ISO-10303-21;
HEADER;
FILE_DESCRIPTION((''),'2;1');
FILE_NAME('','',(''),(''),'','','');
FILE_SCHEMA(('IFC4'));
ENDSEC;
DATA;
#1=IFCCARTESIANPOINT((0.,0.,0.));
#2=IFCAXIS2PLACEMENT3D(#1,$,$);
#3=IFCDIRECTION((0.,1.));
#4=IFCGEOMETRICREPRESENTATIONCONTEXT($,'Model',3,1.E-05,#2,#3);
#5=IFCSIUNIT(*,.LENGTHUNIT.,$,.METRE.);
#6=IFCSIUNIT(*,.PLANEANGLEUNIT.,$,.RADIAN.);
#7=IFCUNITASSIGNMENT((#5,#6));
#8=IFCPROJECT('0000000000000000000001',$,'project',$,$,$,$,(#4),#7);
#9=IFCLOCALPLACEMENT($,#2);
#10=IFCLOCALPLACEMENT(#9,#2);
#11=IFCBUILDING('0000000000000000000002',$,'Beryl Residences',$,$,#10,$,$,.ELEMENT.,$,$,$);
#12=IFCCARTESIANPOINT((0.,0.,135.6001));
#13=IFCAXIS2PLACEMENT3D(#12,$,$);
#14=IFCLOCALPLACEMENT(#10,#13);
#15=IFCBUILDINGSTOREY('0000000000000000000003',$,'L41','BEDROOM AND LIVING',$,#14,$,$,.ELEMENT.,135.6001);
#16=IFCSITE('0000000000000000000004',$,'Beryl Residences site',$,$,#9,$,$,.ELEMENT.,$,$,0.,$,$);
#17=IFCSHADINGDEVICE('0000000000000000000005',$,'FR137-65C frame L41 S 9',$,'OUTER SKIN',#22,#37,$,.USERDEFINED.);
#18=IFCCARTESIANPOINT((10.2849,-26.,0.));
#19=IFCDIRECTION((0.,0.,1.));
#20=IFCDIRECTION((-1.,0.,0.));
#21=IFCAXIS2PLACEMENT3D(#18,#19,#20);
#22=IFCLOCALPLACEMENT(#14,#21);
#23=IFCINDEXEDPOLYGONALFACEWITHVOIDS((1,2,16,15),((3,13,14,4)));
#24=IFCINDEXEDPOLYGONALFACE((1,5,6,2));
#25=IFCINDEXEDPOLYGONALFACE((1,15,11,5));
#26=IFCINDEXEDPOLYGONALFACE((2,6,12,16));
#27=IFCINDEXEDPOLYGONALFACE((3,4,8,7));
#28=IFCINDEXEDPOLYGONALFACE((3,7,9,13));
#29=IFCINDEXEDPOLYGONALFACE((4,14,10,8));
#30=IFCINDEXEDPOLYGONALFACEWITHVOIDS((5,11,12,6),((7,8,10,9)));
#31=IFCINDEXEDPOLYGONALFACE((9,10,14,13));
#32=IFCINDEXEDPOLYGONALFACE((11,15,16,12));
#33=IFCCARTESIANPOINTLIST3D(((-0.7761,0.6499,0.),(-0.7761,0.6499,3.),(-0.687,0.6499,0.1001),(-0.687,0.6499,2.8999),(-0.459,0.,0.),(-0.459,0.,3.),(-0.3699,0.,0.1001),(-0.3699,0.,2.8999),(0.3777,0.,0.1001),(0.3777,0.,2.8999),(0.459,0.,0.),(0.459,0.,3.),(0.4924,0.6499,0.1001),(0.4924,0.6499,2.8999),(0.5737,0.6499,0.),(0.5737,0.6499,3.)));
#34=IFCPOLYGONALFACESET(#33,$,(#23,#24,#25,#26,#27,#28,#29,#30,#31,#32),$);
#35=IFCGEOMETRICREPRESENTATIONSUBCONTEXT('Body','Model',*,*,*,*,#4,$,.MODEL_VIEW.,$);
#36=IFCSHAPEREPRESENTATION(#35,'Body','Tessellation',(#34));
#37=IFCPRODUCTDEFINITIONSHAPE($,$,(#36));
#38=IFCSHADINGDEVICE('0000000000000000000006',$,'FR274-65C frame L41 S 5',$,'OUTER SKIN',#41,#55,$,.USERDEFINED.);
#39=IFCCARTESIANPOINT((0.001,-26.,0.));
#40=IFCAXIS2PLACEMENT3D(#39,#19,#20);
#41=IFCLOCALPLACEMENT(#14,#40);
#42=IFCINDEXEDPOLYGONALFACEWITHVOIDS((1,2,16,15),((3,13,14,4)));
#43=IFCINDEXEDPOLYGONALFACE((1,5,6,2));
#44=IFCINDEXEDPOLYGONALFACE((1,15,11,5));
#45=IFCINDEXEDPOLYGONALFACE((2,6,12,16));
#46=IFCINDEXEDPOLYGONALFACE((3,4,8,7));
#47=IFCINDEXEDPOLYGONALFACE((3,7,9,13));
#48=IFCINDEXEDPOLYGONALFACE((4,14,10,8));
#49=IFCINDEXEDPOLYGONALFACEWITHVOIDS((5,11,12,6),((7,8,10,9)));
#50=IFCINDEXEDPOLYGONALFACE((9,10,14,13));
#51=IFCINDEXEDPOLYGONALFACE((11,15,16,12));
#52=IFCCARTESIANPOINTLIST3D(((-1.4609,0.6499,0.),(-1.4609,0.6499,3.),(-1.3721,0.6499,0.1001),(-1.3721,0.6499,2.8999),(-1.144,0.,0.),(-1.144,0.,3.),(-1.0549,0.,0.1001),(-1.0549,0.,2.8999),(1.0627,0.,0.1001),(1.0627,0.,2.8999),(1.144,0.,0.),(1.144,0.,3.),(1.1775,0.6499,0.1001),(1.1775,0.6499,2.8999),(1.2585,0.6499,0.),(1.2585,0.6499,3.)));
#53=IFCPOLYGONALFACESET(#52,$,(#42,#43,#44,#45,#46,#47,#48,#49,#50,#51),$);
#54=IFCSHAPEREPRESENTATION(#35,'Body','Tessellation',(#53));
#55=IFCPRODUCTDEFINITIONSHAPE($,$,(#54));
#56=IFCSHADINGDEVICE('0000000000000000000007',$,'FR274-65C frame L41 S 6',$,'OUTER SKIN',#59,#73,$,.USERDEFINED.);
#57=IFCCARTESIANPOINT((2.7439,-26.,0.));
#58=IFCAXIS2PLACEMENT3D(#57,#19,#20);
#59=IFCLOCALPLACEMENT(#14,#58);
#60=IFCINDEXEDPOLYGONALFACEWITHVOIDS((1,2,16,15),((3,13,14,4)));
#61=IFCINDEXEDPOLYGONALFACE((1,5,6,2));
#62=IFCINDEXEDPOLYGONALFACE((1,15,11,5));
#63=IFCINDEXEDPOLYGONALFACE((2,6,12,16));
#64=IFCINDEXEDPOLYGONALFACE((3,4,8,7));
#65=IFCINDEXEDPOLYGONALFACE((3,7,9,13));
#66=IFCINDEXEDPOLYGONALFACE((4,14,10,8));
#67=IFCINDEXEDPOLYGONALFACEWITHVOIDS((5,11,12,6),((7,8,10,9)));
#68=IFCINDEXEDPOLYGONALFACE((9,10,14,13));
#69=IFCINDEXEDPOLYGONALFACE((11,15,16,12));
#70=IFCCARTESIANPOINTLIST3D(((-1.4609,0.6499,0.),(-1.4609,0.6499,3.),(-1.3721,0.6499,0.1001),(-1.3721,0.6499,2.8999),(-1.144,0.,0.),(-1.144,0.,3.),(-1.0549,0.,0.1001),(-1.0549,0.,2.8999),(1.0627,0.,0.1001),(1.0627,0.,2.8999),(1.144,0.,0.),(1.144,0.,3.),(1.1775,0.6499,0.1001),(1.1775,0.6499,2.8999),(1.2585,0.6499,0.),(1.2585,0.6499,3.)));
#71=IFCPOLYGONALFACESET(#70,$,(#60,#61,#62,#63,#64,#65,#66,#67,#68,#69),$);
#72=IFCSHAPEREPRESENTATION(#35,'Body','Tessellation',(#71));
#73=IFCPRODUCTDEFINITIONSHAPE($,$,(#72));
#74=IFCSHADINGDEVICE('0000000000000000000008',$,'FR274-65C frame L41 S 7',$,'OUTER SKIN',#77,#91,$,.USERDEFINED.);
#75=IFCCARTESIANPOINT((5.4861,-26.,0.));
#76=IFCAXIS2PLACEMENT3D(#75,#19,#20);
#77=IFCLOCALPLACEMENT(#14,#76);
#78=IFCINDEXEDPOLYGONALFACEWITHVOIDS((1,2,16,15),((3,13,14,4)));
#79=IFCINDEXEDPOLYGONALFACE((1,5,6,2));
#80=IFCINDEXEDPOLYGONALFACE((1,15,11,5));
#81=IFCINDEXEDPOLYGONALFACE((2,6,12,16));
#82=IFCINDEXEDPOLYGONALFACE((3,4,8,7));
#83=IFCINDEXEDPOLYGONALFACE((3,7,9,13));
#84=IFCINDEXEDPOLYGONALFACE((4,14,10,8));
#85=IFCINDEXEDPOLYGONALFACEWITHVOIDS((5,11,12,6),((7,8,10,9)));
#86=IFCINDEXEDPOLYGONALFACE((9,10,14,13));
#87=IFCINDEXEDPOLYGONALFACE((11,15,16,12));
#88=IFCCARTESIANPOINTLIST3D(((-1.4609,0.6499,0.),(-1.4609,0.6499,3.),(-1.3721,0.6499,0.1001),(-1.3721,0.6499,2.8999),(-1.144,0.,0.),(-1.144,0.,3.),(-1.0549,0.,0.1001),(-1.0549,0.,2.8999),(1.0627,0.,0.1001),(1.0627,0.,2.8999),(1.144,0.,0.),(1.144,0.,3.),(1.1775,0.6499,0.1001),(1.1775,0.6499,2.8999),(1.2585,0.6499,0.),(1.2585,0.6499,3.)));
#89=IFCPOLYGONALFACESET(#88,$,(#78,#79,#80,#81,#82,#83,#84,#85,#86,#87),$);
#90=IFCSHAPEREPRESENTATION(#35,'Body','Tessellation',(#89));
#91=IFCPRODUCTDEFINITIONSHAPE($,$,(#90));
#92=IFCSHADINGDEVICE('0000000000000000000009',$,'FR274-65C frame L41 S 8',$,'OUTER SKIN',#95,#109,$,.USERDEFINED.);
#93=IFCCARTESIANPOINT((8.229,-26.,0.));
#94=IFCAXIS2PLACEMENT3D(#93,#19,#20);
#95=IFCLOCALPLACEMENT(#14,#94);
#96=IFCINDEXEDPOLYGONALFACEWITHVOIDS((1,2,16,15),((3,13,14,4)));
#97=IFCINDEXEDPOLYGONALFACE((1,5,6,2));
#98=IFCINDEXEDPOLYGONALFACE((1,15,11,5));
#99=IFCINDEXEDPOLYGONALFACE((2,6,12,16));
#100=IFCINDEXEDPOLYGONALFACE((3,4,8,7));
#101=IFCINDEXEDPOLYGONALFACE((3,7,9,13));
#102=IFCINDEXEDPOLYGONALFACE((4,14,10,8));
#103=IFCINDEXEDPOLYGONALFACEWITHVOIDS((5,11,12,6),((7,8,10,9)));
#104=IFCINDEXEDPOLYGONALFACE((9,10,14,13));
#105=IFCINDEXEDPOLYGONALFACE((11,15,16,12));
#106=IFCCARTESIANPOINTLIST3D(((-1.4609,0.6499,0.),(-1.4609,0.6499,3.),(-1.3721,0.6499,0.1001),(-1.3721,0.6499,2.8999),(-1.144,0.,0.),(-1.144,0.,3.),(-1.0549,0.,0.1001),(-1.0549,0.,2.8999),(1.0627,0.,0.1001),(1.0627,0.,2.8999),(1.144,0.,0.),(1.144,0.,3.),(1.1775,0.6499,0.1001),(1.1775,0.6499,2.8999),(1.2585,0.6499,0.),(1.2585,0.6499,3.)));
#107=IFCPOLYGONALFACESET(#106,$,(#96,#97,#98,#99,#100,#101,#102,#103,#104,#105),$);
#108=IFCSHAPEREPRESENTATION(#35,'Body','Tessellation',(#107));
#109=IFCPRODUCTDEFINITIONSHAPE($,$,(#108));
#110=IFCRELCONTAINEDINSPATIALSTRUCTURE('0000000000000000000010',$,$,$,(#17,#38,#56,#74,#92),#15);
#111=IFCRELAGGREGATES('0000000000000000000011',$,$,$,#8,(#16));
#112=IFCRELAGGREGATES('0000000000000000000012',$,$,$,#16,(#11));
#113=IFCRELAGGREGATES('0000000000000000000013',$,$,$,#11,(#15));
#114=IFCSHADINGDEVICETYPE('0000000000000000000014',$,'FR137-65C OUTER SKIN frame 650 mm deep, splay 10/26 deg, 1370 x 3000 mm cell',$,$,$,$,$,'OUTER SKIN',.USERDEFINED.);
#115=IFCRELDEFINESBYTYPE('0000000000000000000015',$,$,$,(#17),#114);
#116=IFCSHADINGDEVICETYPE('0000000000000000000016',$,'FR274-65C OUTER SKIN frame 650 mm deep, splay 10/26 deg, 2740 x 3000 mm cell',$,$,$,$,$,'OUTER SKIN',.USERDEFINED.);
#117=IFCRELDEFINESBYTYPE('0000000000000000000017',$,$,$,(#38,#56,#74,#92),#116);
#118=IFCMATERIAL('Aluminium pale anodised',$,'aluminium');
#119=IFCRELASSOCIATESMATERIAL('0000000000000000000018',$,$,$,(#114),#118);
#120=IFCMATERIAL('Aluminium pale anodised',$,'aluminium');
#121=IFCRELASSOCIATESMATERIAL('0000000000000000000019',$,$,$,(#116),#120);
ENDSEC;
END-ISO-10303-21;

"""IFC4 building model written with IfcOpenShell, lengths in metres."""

from ifc_helpers import new_model, entity, si_unit, direction, frame, origin, place, context, subcontext, project, spatial, source, transform, mapped, material, type_object, type_shapes, element, save


model = new_model("IFC4")

# Units and contexts
model_context = context("Model", 3, precision=1e-05, world=origin(), true_north=direction((0.0, 1.0)))
body_context = subcontext(model_context, "Body", "Model", "MODEL_VIEW")
ifc_project = project(units=[si_unit("LENGTHUNIT", "METRE"), si_unit("PLANEANGLEUNIT", "RADIAN")], contexts=[model_context])

# Site, building, storey
site_placement = place(None, origin())
site = spatial("IfcSite", under=ifc_project, at=site_placement, Name="Beryl Residences site", CompositionType="ELEMENT", RefElevation=0.0)
building_placement = place(site_placement, origin())
building = spatial("IfcBuilding", under=site, at=building_placement, Name="Beryl Residences", CompositionType="ELEMENT")
storey_placement = place(building_placement, frame((0.0, 0.0, 135.6001)))
storey = spatial("IfcBuildingStorey", under=building, at=storey_placement, Name="L41", Description="BEDROOM AND LIVING", CompositionType="ELEMENT", Elevation=135.6001)

# Shading devices
ifc_material_1 = material(Name="Aluminium pale anodised", Category="aluminium")
shading_device_type_1 = type_object("IfcShadingDeviceType", Name="FR137-65C OUTER SKIN frame 650 mm deep, splay 10/26 deg, 1370 x 3000 mm cell", ElementType="OUTER SKIN", PredefinedType="USERDEFINED", material=ifc_material_1)
cartesian_point_1 = entity("IfcCartesianPoint", [-0.459, 0.0])
cartesian_point_2 = entity("IfcCartesianPoint", [-0.3777, 0.1001])
cartesian_point_3 = entity("IfcCartesianPoint", [-0.5737, 0.0])
cartesian_point_4 = entity("IfcCartesianPoint", [-0.4924, 0.1001])
shared_shape_1 = source(origin(), body_context, "Body", "SweptSolid", [
    entity("IfcExtrudedAreaSolidTapered", entity("IfcArbitraryProfileDefWithVoids", "AREA", None, entity("IfcPolyline", [cartesian_point_1, entity("IfcCartesianPoint", [0.459, 0.0]), entity("IfcCartesianPoint", [0.459, 3.0]), entity("IfcCartesianPoint", [-0.459, 3.0]), cartesian_point_1]), [entity("IfcPolyline", [cartesian_point_2, entity("IfcCartesianPoint", [0.3699, 0.1001]), entity("IfcCartesianPoint", [0.3699, 2.8999]), entity("IfcCartesianPoint", [-0.3777, 2.8999]), cartesian_point_2])]), entity("IfcAxis2Placement3D", entity("IfcCartesianPoint", [0.0, 0.0, 0.0]), entity("IfcDirection", [0.0, 1.0, 0.0]), entity("IfcDirection", [-1.0, 0.0, 0.0])), entity("IfcDirection", [0.0, 0.0, 1.0]), 0.6499, entity("IfcArbitraryProfileDefWithVoids", "AREA", None, entity("IfcPolyline", [cartesian_point_3, entity("IfcCartesianPoint", [0.7761, 0.0]), entity("IfcCartesianPoint", [0.7761, 3.0]), entity("IfcCartesianPoint", [-0.5737, 3.0]), cartesian_point_3]), [entity("IfcPolyline", [cartesian_point_4, entity("IfcCartesianPoint", [0.687, 0.1001]), entity("IfcCartesianPoint", [0.687, 2.8999]), entity("IfcCartesianPoint", [-0.4924, 2.8999]), cartesian_point_4])])),
])
type_shapes(shading_device_type_1, [shared_shape_1])
shading_device_placement = place(storey_placement, frame((10.2849, -26.0, 0.0), z_axis=(0.0, 0.0, 1.0), x_axis=(-1.0, 0.0, 0.0)))
element("IfcShadingDevice", 1, at=shading_device_placement, inside=storey, type_object=shading_device_type_1, Name="FR137-65C frame L41 S 9", ObjectType="OUTER SKIN", PredefinedType="USERDEFINED", context=body_context, shape_type="MappedRepresentation", body=[
    mapped(shared_shape_1, transform((0.0, 0.0, 0.0))),
])
ifc_material_2 = material(Name="Aluminium pale anodised", Category="aluminium")
shading_device_type_2 = type_object("IfcShadingDeviceType", Name="FR274-65C OUTER SKIN frame 650 mm deep, splay 10/26 deg, 2740 x 3000 mm cell", ElementType="OUTER SKIN", PredefinedType="USERDEFINED", material=ifc_material_2)
cartesian_point_5 = entity("IfcCartesianPoint", [-1.144, 0.0])
cartesian_point_6 = entity("IfcCartesianPoint", [-1.0627, 0.1001])
cartesian_point_7 = entity("IfcCartesianPoint", [-1.2585, 0.0])
cartesian_point_8 = entity("IfcCartesianPoint", [-1.1775, 0.1001])
shared_shape_2 = source(origin(), body_context, "Body", "SweptSolid", [
    entity("IfcExtrudedAreaSolidTapered", entity("IfcArbitraryProfileDefWithVoids", "AREA", None, entity("IfcPolyline", [cartesian_point_5, entity("IfcCartesianPoint", [1.144, 0.0]), entity("IfcCartesianPoint", [1.144, 3.0]), entity("IfcCartesianPoint", [-1.144, 3.0]), cartesian_point_5]), [entity("IfcPolyline", [cartesian_point_6, entity("IfcCartesianPoint", [1.0549, 0.1001]), entity("IfcCartesianPoint", [1.0549, 2.8999]), entity("IfcCartesianPoint", [-1.0627, 2.8999]), cartesian_point_6])]), entity("IfcAxis2Placement3D", entity("IfcCartesianPoint", [0.0, 0.0, 0.0]), entity("IfcDirection", [0.0, 1.0, 0.0]), entity("IfcDirection", [-1.0, 0.0, 0.0])), entity("IfcDirection", [0.0, 0.0, 1.0]), 0.6499, entity("IfcArbitraryProfileDefWithVoids", "AREA", None, entity("IfcPolyline", [cartesian_point_7, entity("IfcCartesianPoint", [1.4609, 0.0]), entity("IfcCartesianPoint", [1.4609, 3.0]), entity("IfcCartesianPoint", [-1.2585, 3.0]), cartesian_point_7]), [entity("IfcPolyline", [cartesian_point_8, entity("IfcCartesianPoint", [1.3721, 0.1001]), entity("IfcCartesianPoint", [1.3721, 2.8999]), entity("IfcCartesianPoint", [-1.1775, 2.8999]), cartesian_point_8])])),
])
type_shapes(shading_device_type_2, [shared_shape_2])
for number, where, z_axis, x_axis, name in (
    (2, (0.001, -26.0, 0.0), (0.0, 0.0, 1.0), (-1.0, 0.0, 0.0), "FR274-65C frame L41 S 5"),
    (3, (2.7439, -26.0, 0.0), (0.0, 0.0, 1.0), (-1.0, 0.0, 0.0), "FR274-65C frame L41 S 6"),
    (4, (5.4861, -26.0, 0.0), (0.0, 0.0, 1.0), (-1.0, 0.0, 0.0), "FR274-65C frame L41 S 7"),
    (5, (8.229, -26.0, 0.0), (0.0, 0.0, 1.0), (-1.0, 0.0, 0.0), "FR274-65C frame L41 S 8"),
):
    element("IfcShadingDevice", number, at=place(storey_placement, frame(where, z_axis=z_axis, x_axis=x_axis)), inside=storey, type_object=shading_device_type_2, Name=name, ObjectType="OUTER SKIN", PredefinedType="USERDEFINED", context=body_context, shape_type="MappedRepresentation", body=[
        mapped(shared_shape_2, transform((0.0, 0.0, 0.0))),
    ])

save(model, "model.ifc")
